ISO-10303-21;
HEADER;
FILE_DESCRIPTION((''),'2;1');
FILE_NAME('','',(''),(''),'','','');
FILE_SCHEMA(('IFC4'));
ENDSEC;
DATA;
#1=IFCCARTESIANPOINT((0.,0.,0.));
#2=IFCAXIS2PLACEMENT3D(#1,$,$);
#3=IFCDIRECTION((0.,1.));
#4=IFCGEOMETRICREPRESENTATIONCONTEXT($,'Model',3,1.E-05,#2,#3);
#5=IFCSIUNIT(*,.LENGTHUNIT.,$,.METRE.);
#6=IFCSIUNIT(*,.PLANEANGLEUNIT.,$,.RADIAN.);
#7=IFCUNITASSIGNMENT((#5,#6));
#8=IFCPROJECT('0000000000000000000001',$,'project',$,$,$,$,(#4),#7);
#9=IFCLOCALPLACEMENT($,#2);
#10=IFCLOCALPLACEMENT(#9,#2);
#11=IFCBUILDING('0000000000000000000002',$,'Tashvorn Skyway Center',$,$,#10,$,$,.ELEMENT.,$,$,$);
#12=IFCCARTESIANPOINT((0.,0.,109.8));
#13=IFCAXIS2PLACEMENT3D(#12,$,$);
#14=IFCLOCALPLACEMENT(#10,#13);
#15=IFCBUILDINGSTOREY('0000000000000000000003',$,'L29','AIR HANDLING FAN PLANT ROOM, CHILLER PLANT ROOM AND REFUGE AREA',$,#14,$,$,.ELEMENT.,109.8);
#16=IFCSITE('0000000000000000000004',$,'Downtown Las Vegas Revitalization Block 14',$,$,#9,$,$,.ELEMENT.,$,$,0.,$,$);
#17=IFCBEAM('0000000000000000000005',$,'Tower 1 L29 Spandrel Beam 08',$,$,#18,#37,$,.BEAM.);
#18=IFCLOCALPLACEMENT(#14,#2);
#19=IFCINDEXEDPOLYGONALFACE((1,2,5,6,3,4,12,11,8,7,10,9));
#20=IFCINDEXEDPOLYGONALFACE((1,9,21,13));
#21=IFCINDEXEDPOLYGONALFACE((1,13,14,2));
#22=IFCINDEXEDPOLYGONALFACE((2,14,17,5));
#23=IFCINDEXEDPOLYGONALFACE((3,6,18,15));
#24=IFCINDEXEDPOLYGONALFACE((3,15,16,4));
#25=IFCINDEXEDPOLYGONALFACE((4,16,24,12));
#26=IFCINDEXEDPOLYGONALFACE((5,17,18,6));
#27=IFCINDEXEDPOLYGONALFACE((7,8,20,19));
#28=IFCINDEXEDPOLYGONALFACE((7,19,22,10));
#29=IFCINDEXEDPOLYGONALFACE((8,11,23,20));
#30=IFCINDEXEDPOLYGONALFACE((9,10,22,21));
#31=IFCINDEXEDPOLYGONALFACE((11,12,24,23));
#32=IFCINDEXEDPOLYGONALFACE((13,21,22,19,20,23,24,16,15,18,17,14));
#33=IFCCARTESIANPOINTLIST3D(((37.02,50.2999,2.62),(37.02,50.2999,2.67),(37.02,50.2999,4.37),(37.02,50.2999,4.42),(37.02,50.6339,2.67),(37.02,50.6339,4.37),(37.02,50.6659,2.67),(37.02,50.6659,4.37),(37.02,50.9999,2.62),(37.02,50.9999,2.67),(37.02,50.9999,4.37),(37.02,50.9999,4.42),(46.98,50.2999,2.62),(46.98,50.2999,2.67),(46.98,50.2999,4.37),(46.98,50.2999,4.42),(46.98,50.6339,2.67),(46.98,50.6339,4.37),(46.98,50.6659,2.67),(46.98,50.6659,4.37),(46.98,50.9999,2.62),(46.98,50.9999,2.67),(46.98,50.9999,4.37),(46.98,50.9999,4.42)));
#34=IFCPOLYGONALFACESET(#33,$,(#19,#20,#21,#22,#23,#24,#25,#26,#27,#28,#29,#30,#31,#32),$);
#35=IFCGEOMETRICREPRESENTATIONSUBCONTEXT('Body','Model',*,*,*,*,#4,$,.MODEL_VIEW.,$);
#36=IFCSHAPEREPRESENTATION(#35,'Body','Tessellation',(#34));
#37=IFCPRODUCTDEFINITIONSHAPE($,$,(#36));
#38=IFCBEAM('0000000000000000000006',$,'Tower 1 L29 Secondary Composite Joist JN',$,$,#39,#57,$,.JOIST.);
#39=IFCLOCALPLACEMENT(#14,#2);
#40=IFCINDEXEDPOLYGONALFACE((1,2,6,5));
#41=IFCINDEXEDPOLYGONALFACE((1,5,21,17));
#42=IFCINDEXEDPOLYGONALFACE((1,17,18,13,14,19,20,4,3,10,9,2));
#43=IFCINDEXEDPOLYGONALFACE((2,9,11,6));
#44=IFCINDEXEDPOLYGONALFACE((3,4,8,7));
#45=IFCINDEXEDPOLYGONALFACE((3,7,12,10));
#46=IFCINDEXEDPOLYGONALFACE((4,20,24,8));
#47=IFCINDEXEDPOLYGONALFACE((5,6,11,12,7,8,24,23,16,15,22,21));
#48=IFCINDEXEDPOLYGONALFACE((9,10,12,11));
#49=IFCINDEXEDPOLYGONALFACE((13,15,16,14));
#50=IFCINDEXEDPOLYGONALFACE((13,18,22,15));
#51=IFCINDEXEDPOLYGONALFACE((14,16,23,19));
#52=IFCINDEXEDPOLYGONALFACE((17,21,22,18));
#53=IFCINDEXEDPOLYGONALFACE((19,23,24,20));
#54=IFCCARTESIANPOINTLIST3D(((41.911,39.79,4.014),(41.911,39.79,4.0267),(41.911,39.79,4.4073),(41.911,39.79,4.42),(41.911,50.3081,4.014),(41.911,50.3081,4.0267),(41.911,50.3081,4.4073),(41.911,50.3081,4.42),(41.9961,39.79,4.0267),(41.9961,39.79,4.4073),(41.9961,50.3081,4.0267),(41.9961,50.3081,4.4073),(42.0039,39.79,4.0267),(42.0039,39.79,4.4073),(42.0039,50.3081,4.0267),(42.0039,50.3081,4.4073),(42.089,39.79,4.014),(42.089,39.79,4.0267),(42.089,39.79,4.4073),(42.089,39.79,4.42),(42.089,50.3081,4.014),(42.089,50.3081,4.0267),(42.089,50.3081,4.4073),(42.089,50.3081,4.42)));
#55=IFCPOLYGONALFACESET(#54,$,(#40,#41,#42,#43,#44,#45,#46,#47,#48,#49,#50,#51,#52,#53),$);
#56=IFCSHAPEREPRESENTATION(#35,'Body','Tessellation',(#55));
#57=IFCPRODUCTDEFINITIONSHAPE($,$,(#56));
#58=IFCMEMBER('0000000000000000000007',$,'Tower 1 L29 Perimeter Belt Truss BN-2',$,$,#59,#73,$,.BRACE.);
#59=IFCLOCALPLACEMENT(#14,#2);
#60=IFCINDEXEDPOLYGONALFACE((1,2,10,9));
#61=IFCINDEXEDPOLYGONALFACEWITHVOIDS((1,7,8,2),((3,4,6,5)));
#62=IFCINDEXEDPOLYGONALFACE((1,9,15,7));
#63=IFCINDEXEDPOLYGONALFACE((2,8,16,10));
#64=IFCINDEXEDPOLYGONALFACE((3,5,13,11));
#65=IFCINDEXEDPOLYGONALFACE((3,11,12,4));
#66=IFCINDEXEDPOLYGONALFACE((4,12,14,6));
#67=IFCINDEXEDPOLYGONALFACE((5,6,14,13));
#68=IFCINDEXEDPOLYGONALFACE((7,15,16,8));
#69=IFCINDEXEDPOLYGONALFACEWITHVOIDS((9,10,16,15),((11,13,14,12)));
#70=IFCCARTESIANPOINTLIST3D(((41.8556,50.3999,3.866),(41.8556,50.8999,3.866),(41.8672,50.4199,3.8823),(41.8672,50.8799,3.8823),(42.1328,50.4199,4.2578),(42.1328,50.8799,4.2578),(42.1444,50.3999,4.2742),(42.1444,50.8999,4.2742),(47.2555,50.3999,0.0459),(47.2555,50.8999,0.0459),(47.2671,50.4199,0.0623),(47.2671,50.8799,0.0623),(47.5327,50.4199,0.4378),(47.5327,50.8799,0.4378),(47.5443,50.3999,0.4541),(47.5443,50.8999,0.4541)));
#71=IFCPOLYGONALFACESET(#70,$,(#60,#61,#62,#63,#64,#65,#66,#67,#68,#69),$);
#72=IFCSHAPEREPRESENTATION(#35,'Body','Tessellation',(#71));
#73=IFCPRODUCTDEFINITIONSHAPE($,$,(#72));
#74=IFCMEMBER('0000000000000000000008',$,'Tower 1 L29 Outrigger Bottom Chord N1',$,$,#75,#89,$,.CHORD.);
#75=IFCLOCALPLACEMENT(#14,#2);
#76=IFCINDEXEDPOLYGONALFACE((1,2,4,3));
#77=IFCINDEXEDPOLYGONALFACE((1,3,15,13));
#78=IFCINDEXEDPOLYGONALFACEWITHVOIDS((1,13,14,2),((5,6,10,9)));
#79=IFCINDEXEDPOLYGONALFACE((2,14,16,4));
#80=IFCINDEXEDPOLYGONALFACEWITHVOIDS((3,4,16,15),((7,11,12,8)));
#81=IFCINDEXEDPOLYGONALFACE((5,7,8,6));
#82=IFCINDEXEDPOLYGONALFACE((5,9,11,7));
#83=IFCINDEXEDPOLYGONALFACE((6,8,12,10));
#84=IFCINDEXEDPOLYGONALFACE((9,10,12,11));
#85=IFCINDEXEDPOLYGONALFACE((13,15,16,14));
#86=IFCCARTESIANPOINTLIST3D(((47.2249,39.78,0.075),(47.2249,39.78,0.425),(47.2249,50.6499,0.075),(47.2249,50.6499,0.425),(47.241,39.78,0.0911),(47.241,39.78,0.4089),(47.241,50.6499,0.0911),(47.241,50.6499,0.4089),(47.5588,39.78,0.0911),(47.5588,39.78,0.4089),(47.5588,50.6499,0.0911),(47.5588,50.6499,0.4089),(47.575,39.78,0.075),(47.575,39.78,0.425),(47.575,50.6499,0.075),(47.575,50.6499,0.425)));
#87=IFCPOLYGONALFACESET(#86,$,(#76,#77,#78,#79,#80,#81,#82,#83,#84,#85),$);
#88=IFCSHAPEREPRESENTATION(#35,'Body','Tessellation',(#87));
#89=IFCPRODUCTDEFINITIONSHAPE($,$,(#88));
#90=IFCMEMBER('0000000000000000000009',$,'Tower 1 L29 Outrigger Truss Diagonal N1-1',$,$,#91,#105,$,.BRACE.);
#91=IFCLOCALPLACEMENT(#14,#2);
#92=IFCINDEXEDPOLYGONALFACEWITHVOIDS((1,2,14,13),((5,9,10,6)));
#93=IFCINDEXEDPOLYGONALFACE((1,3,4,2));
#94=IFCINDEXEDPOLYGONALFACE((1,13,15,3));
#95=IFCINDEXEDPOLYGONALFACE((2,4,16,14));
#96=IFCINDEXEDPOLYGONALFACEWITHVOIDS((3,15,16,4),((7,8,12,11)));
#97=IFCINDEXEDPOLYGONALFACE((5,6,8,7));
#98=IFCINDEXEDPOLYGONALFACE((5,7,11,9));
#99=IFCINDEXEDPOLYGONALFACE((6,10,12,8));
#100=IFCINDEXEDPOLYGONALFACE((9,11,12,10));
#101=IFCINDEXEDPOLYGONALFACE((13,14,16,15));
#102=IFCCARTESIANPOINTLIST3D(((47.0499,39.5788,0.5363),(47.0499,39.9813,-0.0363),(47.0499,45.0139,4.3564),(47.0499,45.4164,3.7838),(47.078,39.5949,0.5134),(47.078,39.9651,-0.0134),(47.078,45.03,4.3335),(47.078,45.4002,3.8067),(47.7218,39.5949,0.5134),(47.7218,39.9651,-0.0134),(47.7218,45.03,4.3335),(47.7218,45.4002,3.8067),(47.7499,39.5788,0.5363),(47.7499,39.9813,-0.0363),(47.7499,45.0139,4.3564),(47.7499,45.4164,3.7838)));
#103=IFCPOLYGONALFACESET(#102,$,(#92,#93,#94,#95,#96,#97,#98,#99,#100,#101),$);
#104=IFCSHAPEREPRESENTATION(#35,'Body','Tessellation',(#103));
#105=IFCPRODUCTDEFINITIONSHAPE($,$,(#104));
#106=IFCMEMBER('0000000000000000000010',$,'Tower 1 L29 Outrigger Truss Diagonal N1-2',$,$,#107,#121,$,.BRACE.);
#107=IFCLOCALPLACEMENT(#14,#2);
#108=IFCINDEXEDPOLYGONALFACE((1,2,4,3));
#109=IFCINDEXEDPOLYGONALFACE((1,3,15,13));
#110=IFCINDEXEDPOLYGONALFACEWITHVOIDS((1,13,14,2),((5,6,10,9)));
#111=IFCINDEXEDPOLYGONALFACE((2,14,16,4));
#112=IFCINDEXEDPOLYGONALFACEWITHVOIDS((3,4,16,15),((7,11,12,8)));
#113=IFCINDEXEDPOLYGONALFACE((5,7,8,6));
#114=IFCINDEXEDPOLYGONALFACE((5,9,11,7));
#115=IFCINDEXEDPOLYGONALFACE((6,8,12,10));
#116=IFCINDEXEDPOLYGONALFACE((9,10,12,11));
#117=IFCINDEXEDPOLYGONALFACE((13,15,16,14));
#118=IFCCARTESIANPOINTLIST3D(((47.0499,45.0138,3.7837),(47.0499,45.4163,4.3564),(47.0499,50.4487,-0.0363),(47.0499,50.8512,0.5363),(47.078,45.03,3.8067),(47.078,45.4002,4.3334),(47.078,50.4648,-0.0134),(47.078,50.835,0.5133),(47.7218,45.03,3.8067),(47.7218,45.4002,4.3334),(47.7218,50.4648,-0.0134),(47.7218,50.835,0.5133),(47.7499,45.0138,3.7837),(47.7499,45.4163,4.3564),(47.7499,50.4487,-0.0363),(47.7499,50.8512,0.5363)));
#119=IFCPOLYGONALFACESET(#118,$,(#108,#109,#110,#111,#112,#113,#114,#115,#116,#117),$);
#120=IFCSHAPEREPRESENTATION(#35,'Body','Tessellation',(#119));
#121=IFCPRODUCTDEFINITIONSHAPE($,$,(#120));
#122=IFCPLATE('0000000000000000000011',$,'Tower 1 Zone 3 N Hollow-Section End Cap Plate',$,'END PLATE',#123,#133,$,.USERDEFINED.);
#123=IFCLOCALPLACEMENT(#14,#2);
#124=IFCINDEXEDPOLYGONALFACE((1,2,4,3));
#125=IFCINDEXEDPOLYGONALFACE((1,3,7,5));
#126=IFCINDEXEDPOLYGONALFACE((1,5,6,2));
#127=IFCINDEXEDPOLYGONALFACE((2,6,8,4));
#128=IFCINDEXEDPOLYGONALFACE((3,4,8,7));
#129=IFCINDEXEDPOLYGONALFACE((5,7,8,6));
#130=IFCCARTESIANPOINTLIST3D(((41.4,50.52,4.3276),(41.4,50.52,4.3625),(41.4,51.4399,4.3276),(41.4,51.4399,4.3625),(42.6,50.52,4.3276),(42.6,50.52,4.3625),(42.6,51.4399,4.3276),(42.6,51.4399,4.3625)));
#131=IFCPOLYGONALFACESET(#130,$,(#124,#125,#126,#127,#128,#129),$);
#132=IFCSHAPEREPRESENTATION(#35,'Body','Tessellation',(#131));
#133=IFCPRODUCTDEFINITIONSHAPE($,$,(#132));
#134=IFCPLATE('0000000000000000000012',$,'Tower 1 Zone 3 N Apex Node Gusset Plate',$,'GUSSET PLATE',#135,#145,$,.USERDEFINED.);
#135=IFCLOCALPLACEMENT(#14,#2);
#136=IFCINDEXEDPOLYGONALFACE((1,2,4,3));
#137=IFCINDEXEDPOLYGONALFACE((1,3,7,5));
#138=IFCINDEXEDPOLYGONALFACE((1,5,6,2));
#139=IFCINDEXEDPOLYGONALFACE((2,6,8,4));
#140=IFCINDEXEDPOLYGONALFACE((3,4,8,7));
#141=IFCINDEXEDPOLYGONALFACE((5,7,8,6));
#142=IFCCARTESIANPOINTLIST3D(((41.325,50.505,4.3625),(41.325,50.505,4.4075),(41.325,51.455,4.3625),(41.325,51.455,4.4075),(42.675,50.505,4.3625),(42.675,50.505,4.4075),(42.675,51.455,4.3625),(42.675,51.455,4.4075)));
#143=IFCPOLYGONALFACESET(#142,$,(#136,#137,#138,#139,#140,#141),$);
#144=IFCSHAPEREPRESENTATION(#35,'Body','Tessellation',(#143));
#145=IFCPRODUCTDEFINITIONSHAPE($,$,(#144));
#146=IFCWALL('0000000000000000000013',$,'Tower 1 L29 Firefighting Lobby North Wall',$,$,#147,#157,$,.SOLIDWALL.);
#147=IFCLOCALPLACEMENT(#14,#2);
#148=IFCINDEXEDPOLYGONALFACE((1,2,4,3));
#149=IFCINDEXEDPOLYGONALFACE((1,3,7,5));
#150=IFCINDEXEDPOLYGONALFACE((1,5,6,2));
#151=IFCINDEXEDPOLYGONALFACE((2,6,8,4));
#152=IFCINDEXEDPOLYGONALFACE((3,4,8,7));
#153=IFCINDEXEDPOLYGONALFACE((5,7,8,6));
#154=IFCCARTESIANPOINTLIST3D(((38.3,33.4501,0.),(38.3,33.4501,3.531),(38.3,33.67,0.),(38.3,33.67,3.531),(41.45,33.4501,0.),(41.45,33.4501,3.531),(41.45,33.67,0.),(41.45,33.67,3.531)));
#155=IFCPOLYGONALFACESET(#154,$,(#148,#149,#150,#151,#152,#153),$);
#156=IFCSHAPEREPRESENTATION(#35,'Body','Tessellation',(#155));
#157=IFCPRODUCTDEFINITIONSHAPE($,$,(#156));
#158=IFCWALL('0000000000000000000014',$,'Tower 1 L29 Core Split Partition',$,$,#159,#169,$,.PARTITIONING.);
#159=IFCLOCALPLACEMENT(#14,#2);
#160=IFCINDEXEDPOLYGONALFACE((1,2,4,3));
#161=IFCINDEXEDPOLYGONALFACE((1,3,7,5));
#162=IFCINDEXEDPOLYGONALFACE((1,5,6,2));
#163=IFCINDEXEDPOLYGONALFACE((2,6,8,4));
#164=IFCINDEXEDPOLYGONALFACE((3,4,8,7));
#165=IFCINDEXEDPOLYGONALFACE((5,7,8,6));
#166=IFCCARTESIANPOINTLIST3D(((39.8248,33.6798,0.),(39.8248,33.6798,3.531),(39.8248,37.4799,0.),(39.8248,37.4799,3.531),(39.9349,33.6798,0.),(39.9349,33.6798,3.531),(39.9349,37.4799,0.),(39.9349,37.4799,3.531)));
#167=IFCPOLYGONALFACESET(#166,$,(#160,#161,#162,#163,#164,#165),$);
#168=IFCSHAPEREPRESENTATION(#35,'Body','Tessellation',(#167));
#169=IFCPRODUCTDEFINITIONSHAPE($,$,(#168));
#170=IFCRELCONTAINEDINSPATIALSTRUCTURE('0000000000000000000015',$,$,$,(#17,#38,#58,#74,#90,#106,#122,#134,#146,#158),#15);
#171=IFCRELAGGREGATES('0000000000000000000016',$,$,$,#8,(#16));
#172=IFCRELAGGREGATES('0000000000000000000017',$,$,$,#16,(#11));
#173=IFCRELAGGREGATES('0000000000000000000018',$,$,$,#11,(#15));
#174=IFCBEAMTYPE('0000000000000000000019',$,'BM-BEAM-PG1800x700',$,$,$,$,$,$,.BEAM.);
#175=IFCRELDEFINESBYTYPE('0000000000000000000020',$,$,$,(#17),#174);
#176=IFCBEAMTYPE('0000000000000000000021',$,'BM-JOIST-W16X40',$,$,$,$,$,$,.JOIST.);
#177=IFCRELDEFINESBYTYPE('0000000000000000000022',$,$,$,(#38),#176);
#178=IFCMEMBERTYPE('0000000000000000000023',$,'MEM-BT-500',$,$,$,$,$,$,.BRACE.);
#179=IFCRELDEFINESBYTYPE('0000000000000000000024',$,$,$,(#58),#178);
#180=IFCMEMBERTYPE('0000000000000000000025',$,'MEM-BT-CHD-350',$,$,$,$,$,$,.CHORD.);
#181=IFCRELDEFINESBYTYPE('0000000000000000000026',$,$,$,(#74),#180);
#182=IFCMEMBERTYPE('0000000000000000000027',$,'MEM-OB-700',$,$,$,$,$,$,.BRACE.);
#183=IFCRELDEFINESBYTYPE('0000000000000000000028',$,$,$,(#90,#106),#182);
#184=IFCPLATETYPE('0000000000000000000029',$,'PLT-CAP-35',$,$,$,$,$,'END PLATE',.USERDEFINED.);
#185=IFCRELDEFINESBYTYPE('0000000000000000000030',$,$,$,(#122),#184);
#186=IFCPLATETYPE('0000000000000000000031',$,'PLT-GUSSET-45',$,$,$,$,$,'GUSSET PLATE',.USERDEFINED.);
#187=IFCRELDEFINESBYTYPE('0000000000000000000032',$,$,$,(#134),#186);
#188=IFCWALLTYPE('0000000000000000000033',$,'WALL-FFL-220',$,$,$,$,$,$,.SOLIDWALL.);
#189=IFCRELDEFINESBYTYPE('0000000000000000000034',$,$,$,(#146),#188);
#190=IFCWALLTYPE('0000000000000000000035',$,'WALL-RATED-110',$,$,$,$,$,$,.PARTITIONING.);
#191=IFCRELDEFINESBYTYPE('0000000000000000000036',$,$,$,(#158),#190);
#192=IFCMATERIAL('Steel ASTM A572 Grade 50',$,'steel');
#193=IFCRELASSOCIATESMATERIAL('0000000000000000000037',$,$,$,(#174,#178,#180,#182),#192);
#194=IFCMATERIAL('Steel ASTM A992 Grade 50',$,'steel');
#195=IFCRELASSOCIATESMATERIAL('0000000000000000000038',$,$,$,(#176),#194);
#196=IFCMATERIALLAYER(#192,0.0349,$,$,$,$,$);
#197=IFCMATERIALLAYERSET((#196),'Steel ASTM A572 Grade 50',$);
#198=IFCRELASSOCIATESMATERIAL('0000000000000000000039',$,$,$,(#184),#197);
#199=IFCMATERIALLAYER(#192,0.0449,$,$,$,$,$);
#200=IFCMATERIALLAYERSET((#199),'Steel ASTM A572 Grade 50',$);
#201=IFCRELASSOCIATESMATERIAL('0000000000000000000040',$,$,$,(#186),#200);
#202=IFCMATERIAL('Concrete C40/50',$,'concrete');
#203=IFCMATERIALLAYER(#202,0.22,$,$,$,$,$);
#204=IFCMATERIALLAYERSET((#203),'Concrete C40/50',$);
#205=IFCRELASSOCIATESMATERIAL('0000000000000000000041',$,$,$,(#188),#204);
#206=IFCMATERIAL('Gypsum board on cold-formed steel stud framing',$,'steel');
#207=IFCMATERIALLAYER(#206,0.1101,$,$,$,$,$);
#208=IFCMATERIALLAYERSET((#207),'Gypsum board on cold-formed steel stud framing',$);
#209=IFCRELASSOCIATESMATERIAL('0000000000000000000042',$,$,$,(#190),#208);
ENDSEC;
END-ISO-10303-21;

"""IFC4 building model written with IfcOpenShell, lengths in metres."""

from ifc_helpers import new_model, si_unit, direction, frame, frame_2d, origin, origin_2d, place, context, subcontext, project, spatial, rectangle, hollow_rectangle, i_section, extrude, material, layer, layer_set, material_profile, profile_set, type_object, element, save


model = new_model("IFC4")

# Units and contexts
model_context = context("Model", 3, precision=1e-05, world=origin(), true_north=direction((0.0, 1.0)))
body_context = subcontext(model_context, "Body", "Model", "MODEL_VIEW")
ifc_project = project(units=[si_unit("LENGTHUNIT", "METRE"), si_unit("PLANEANGLEUNIT", "RADIAN")], contexts=[model_context])

# Site, building, storey
site_placement = place(None, origin())
site = spatial("IfcSite", under=ifc_project, at=site_placement, Name="Downtown Las Vegas Revitalization Block 14", CompositionType="ELEMENT", RefElevation=0.0)
building_placement = place(site_placement, origin())
building = spatial("IfcBuilding", under=site, at=building_placement, Name="Tashvorn Skyway Center", CompositionType="ELEMENT")
storey_placement = place(building_placement, frame((0.0, 0.0, 109.8)))
storey = spatial("IfcBuildingStorey", under=building, at=storey_placement, Name="L29", Description="AIR HANDLING FAN PLANT ROOM, CHILLER PLANT ROOM AND REFUGE AREA", CompositionType="ELEMENT", Elevation=109.8)

# Beams
ifc_material_1 = material(Name="Steel ASTM A572 Grade 50", Category="steel")
ifc_material_profile_1 = material_profile(ifc_material_1, i_section(OverallWidth=0.7, OverallDepth=1.8, WebThickness=0.032, FlangeThickness=0.05, at=origin_2d()), Name="PG1800x700")
ifc_profile_set_1 = profile_set([ifc_material_profile_1], Name="Steel ASTM A572 Grade 50")
beam_type_1 = type_object("IfcBeamType", Name="BM-BEAM-PG1800x700", PredefinedType="BEAM", material=ifc_profile_set_1)
beam_1_placement = place(storey_placement, frame((46.98, 50.6499, 3.52), z_axis=(-1.0, 0.0, 0.0), x_axis=(0.0, -1.0, 0.0)))
element("IfcBeam", 1, at=beam_1_placement, inside=storey, type_object=beam_type_1, Name="Tower 1 L29 Spandrel Beam 08", PredefinedType="BEAM", context=body_context, shape_type="SweptSolid", body=[
    extrude(i_section(OverallWidth=0.7, OverallDepth=1.8, WebThickness=0.032, FlangeThickness=0.05, at=origin_2d()), origin(), (0.0, 0.0, 1.0), 9.96),
])
ifc_material_2 = material(Name="Steel ASTM A992 Grade 50", Category="steel")
ifc_material_profile_2 = material_profile(ifc_material_2, i_section(OverallWidth=0.178, OverallDepth=0.406, WebThickness=0.0078, FlangeThickness=0.0127, at=origin_2d()), Name="W16X40")
ifc_profile_set_2 = profile_set([ifc_material_profile_2], Name="Steel ASTM A992 Grade 50")
beam_type_2 = type_object("IfcBeamType", Name="BM-JOIST-W16X40", PredefinedType="JOIST", material=ifc_profile_set_2)
beam_2_placement = place(storey_placement, frame((42.0, 39.79, 4.217), z_axis=(0.0, 1.0, 0.0), x_axis=(-1.0, 0.0, 0.0)))
element("IfcBeam", 2, at=beam_2_placement, inside=storey, type_object=beam_type_2, Name="Tower 1 L29 Secondary Composite Joist JN", PredefinedType="JOIST", context=body_context, shape_type="SweptSolid", body=[
    extrude(i_section(OverallWidth=0.178, OverallDepth=0.406, WebThickness=0.0078, FlangeThickness=0.0127, at=origin_2d()), origin(), (0.0, 0.0, 1.0), 10.5181),
])

# Members
ifc_material_profile_3 = material_profile(ifc_material_1, hollow_rectangle(XDim=0.5, YDim=0.5, WallThickness=0.02, at=origin_2d()), Name="HSS500x500x20")
ifc_profile_set_3 = profile_set([ifc_material_profile_3], Name="Steel ASTM A572 Grade 50")
member_type_1 = type_object("IfcMemberType", Name="MEM-BT-500", PredefinedType="BRACE", material=ifc_profile_set_3)
member_1_placement = place(storey_placement, frame((42.0, 50.6499, 4.0701), z_axis=(0.816371, 0.0, -0.577528), x_axis=(0.0, 1.0, 0.0)))
element("IfcMember", 3, at=member_1_placement, inside=storey, type_object=member_type_1, Name="Tower 1 L29 Perimeter Belt Truss BN-2", PredefinedType="BRACE", context=body_context, shape_type="SweptSolid", body=[
    extrude(hollow_rectangle(XDim=0.5, YDim=0.5, WallThickness=0.02, at=origin_2d()), origin(), (0.0, 0.0, 1.0), 6.6145),
])
ifc_material_profile_4 = material_profile(ifc_material_1, hollow_rectangle(XDim=0.3501, YDim=0.3501, WallThickness=0.0161, at=origin_2d()), Name="HSS350x350x16")
ifc_profile_set_4 = profile_set([ifc_material_profile_4], Name="Steel ASTM A572 Grade 50")
member_type_2 = type_object("IfcMemberType", Name="MEM-BT-CHD-350", PredefinedType="CHORD", material=ifc_profile_set_4)
member_2_placement = place(storey_placement, frame((47.3999, 39.78, 0.25), z_axis=(0.0, 1.0, 0.0), x_axis=(-1.0, 0.0, 0.0)))
element("IfcMember", 4, at=member_2_placement, inside=storey, type_object=member_type_2, Name="Tower 1 L29 Outrigger Bottom Chord N1", PredefinedType="CHORD", context=body_context, shape_type="SweptSolid", body=[
    extrude(hollow_rectangle(XDim=0.3501, YDim=0.3501, WallThickness=0.0161, at=origin_2d()), origin(), (0.0, 0.0, 1.0), 10.8699),
])
ifc_material_profile_5 = material_profile(ifc_material_1, hollow_rectangle(XDim=0.7, YDim=0.7, WallThickness=0.0281, at=origin_2d()), Name="BOX700x700x28")
ifc_profile_set_5 = profile_set([ifc_material_profile_5], Name="Steel ASTM A572 Grade 50")
member_type_3 = type_object("IfcMemberType", Name="MEM-OB-700", PredefinedType="BRACE", material=ifc_profile_set_5)
member_3_placement = place(storey_placement, frame((47.3999, 39.78, 0.25), z_axis=(0.0, 0.818132, 0.57503), x_axis=(-1.0, 0.0, 0.0)))
element("IfcMember", 5, at=member_3_placement, inside=storey, type_object=member_type_3, Name="Tower 1 L29 Outrigger Truss Diagonal N1-1", PredefinedType="BRACE", context=body_context, shape_type="SweptSolid", body=[
    extrude(hollow_rectangle(XDim=0.7, YDim=0.7, WallThickness=0.0281, at=origin_2d()), origin(), (0.0, 0.0, 1.0), 6.6433),
])
member_4_placement = place(storey_placement, frame((47.3999, 45.2151, 4.0701), z_axis=(0.0, 0.81812, -0.575047), x_axis=(-1.0, 0.0, 0.0)))
element("IfcMember", 6, at=member_4_placement, inside=storey, type_object=member_type_3, Name="Tower 1 L29 Outrigger Truss Diagonal N1-2", PredefinedType="BRACE", context=body_context, shape_type="SweptSolid", body=[
    extrude(hollow_rectangle(XDim=0.7, YDim=0.7, WallThickness=0.0281, at=origin_2d()), origin(), (0.0, 0.0, 1.0), 6.6431),
])

# Plates
ifc_layer_1 = layer(ifc_material_1, 0.0349)
ifc_layer_set_1 = layer_set([ifc_layer_1], Name="Steel ASTM A572 Grade 50")
plate_type_1 = type_object("IfcPlateType", Name="PLT-CAP-35", ElementType="END PLATE", PredefinedType="USERDEFINED", material=ifc_layer_set_1)
plate_1_placement = place(storey_placement, frame((42.0, 50.98, 4.3276), z_axis=(0.0, 0.0, 1.0), x_axis=(-1.0, 0.0, 0.0)))
element("IfcPlate", 7, at=plate_1_placement, inside=storey, type_object=plate_type_1, Name="Tower 1 Zone 3 N Hollow-Section End Cap Plate", ObjectType="END PLATE", PredefinedType="USERDEFINED", context=body_context, shape_type="SweptSolid", body=[
    extrude(rectangle(XDim=1.2, YDim=0.9199, at=origin_2d()), origin(), (0.0, 0.0, 1.0), 0.0349),
])
ifc_layer_2 = layer(ifc_material_1, 0.0449)
ifc_layer_set_2 = layer_set([ifc_layer_2], Name="Steel ASTM A572 Grade 50")
plate_type_2 = type_object("IfcPlateType", Name="PLT-GUSSET-45", ElementType="GUSSET PLATE", PredefinedType="USERDEFINED", material=ifc_layer_set_2)
plate_2_placement = place(storey_placement, frame((42.0, 50.98, 4.3625), z_axis=(0.0, 0.0, 1.0), x_axis=(-1.0, 0.0, 0.0)))
element("IfcPlate", 8, at=plate_2_placement, inside=storey, type_object=plate_type_2, Name="Tower 1 Zone 3 N Apex Node Gusset Plate", ObjectType="GUSSET PLATE", PredefinedType="USERDEFINED", context=body_context, shape_type="SweptSolid", body=[
    extrude(rectangle(XDim=1.3501, YDim=0.95, at=origin_2d()), origin(), (0.0, 0.0, 1.0), 0.0449),
])

# Walls
ifc_material_3 = material(Name="Concrete C40/50", Category="concrete")
ifc_layer_3 = layer(ifc_material_3, 0.22)
ifc_layer_set_3 = layer_set([ifc_layer_3], Name="Concrete C40/50")
wall_type_1 = type_object("IfcWallType", Name="WALL-FFL-220", PredefinedType="SOLIDWALL", material=ifc_layer_set_3)
wall_1_placement = place(storey_placement, frame((38.3, 33.5601, 0.0), z_axis=(0.0, 0.0, 1.0), x_axis=(1.0, 0.0, 0.0)))
element("IfcWall", 9, at=wall_1_placement, inside=storey, type_object=wall_type_1, Name="Tower 1 L29 Firefighting Lobby North Wall", PredefinedType="SOLIDWALL", context=body_context, shape_type="SweptSolid", body=[
    extrude(rectangle(XDim=3.1499, YDim=0.22, at=frame_2d((1.575, 0.0))), origin(), (0.0, 0.0, 1.0), 3.531),
])
ifc_material_4 = material(Name="Gypsum board on cold-formed steel stud framing", Category="steel")
ifc_layer_4 = layer(ifc_material_4, 0.1101)
ifc_layer_set_4 = layer_set([ifc_layer_4], Name="Gypsum board on cold-formed steel stud framing")
wall_type_2 = type_object("IfcWallType", Name="WALL-RATED-110", PredefinedType="PARTITIONING", material=ifc_layer_set_4)
wall_2_placement = place(storey_placement, frame((39.8799, 33.6799, 0.0), z_axis=(0.0, 0.0, 1.0), x_axis=(0.0, 1.0, 0.0)))
element("IfcWall", 10, at=wall_2_placement, inside=storey, type_object=wall_type_2, Name="Tower 1 L29 Core Split Partition", PredefinedType="PARTITIONING", context=body_context, shape_type="SweptSolid", body=[
    extrude(rectangle(XDim=3.8, YDim=0.1101, at=frame_2d((1.8999, 0.0))), origin(), (0.0, 0.0, 1.0), 3.531),
])

save(model, "model.ifc")
